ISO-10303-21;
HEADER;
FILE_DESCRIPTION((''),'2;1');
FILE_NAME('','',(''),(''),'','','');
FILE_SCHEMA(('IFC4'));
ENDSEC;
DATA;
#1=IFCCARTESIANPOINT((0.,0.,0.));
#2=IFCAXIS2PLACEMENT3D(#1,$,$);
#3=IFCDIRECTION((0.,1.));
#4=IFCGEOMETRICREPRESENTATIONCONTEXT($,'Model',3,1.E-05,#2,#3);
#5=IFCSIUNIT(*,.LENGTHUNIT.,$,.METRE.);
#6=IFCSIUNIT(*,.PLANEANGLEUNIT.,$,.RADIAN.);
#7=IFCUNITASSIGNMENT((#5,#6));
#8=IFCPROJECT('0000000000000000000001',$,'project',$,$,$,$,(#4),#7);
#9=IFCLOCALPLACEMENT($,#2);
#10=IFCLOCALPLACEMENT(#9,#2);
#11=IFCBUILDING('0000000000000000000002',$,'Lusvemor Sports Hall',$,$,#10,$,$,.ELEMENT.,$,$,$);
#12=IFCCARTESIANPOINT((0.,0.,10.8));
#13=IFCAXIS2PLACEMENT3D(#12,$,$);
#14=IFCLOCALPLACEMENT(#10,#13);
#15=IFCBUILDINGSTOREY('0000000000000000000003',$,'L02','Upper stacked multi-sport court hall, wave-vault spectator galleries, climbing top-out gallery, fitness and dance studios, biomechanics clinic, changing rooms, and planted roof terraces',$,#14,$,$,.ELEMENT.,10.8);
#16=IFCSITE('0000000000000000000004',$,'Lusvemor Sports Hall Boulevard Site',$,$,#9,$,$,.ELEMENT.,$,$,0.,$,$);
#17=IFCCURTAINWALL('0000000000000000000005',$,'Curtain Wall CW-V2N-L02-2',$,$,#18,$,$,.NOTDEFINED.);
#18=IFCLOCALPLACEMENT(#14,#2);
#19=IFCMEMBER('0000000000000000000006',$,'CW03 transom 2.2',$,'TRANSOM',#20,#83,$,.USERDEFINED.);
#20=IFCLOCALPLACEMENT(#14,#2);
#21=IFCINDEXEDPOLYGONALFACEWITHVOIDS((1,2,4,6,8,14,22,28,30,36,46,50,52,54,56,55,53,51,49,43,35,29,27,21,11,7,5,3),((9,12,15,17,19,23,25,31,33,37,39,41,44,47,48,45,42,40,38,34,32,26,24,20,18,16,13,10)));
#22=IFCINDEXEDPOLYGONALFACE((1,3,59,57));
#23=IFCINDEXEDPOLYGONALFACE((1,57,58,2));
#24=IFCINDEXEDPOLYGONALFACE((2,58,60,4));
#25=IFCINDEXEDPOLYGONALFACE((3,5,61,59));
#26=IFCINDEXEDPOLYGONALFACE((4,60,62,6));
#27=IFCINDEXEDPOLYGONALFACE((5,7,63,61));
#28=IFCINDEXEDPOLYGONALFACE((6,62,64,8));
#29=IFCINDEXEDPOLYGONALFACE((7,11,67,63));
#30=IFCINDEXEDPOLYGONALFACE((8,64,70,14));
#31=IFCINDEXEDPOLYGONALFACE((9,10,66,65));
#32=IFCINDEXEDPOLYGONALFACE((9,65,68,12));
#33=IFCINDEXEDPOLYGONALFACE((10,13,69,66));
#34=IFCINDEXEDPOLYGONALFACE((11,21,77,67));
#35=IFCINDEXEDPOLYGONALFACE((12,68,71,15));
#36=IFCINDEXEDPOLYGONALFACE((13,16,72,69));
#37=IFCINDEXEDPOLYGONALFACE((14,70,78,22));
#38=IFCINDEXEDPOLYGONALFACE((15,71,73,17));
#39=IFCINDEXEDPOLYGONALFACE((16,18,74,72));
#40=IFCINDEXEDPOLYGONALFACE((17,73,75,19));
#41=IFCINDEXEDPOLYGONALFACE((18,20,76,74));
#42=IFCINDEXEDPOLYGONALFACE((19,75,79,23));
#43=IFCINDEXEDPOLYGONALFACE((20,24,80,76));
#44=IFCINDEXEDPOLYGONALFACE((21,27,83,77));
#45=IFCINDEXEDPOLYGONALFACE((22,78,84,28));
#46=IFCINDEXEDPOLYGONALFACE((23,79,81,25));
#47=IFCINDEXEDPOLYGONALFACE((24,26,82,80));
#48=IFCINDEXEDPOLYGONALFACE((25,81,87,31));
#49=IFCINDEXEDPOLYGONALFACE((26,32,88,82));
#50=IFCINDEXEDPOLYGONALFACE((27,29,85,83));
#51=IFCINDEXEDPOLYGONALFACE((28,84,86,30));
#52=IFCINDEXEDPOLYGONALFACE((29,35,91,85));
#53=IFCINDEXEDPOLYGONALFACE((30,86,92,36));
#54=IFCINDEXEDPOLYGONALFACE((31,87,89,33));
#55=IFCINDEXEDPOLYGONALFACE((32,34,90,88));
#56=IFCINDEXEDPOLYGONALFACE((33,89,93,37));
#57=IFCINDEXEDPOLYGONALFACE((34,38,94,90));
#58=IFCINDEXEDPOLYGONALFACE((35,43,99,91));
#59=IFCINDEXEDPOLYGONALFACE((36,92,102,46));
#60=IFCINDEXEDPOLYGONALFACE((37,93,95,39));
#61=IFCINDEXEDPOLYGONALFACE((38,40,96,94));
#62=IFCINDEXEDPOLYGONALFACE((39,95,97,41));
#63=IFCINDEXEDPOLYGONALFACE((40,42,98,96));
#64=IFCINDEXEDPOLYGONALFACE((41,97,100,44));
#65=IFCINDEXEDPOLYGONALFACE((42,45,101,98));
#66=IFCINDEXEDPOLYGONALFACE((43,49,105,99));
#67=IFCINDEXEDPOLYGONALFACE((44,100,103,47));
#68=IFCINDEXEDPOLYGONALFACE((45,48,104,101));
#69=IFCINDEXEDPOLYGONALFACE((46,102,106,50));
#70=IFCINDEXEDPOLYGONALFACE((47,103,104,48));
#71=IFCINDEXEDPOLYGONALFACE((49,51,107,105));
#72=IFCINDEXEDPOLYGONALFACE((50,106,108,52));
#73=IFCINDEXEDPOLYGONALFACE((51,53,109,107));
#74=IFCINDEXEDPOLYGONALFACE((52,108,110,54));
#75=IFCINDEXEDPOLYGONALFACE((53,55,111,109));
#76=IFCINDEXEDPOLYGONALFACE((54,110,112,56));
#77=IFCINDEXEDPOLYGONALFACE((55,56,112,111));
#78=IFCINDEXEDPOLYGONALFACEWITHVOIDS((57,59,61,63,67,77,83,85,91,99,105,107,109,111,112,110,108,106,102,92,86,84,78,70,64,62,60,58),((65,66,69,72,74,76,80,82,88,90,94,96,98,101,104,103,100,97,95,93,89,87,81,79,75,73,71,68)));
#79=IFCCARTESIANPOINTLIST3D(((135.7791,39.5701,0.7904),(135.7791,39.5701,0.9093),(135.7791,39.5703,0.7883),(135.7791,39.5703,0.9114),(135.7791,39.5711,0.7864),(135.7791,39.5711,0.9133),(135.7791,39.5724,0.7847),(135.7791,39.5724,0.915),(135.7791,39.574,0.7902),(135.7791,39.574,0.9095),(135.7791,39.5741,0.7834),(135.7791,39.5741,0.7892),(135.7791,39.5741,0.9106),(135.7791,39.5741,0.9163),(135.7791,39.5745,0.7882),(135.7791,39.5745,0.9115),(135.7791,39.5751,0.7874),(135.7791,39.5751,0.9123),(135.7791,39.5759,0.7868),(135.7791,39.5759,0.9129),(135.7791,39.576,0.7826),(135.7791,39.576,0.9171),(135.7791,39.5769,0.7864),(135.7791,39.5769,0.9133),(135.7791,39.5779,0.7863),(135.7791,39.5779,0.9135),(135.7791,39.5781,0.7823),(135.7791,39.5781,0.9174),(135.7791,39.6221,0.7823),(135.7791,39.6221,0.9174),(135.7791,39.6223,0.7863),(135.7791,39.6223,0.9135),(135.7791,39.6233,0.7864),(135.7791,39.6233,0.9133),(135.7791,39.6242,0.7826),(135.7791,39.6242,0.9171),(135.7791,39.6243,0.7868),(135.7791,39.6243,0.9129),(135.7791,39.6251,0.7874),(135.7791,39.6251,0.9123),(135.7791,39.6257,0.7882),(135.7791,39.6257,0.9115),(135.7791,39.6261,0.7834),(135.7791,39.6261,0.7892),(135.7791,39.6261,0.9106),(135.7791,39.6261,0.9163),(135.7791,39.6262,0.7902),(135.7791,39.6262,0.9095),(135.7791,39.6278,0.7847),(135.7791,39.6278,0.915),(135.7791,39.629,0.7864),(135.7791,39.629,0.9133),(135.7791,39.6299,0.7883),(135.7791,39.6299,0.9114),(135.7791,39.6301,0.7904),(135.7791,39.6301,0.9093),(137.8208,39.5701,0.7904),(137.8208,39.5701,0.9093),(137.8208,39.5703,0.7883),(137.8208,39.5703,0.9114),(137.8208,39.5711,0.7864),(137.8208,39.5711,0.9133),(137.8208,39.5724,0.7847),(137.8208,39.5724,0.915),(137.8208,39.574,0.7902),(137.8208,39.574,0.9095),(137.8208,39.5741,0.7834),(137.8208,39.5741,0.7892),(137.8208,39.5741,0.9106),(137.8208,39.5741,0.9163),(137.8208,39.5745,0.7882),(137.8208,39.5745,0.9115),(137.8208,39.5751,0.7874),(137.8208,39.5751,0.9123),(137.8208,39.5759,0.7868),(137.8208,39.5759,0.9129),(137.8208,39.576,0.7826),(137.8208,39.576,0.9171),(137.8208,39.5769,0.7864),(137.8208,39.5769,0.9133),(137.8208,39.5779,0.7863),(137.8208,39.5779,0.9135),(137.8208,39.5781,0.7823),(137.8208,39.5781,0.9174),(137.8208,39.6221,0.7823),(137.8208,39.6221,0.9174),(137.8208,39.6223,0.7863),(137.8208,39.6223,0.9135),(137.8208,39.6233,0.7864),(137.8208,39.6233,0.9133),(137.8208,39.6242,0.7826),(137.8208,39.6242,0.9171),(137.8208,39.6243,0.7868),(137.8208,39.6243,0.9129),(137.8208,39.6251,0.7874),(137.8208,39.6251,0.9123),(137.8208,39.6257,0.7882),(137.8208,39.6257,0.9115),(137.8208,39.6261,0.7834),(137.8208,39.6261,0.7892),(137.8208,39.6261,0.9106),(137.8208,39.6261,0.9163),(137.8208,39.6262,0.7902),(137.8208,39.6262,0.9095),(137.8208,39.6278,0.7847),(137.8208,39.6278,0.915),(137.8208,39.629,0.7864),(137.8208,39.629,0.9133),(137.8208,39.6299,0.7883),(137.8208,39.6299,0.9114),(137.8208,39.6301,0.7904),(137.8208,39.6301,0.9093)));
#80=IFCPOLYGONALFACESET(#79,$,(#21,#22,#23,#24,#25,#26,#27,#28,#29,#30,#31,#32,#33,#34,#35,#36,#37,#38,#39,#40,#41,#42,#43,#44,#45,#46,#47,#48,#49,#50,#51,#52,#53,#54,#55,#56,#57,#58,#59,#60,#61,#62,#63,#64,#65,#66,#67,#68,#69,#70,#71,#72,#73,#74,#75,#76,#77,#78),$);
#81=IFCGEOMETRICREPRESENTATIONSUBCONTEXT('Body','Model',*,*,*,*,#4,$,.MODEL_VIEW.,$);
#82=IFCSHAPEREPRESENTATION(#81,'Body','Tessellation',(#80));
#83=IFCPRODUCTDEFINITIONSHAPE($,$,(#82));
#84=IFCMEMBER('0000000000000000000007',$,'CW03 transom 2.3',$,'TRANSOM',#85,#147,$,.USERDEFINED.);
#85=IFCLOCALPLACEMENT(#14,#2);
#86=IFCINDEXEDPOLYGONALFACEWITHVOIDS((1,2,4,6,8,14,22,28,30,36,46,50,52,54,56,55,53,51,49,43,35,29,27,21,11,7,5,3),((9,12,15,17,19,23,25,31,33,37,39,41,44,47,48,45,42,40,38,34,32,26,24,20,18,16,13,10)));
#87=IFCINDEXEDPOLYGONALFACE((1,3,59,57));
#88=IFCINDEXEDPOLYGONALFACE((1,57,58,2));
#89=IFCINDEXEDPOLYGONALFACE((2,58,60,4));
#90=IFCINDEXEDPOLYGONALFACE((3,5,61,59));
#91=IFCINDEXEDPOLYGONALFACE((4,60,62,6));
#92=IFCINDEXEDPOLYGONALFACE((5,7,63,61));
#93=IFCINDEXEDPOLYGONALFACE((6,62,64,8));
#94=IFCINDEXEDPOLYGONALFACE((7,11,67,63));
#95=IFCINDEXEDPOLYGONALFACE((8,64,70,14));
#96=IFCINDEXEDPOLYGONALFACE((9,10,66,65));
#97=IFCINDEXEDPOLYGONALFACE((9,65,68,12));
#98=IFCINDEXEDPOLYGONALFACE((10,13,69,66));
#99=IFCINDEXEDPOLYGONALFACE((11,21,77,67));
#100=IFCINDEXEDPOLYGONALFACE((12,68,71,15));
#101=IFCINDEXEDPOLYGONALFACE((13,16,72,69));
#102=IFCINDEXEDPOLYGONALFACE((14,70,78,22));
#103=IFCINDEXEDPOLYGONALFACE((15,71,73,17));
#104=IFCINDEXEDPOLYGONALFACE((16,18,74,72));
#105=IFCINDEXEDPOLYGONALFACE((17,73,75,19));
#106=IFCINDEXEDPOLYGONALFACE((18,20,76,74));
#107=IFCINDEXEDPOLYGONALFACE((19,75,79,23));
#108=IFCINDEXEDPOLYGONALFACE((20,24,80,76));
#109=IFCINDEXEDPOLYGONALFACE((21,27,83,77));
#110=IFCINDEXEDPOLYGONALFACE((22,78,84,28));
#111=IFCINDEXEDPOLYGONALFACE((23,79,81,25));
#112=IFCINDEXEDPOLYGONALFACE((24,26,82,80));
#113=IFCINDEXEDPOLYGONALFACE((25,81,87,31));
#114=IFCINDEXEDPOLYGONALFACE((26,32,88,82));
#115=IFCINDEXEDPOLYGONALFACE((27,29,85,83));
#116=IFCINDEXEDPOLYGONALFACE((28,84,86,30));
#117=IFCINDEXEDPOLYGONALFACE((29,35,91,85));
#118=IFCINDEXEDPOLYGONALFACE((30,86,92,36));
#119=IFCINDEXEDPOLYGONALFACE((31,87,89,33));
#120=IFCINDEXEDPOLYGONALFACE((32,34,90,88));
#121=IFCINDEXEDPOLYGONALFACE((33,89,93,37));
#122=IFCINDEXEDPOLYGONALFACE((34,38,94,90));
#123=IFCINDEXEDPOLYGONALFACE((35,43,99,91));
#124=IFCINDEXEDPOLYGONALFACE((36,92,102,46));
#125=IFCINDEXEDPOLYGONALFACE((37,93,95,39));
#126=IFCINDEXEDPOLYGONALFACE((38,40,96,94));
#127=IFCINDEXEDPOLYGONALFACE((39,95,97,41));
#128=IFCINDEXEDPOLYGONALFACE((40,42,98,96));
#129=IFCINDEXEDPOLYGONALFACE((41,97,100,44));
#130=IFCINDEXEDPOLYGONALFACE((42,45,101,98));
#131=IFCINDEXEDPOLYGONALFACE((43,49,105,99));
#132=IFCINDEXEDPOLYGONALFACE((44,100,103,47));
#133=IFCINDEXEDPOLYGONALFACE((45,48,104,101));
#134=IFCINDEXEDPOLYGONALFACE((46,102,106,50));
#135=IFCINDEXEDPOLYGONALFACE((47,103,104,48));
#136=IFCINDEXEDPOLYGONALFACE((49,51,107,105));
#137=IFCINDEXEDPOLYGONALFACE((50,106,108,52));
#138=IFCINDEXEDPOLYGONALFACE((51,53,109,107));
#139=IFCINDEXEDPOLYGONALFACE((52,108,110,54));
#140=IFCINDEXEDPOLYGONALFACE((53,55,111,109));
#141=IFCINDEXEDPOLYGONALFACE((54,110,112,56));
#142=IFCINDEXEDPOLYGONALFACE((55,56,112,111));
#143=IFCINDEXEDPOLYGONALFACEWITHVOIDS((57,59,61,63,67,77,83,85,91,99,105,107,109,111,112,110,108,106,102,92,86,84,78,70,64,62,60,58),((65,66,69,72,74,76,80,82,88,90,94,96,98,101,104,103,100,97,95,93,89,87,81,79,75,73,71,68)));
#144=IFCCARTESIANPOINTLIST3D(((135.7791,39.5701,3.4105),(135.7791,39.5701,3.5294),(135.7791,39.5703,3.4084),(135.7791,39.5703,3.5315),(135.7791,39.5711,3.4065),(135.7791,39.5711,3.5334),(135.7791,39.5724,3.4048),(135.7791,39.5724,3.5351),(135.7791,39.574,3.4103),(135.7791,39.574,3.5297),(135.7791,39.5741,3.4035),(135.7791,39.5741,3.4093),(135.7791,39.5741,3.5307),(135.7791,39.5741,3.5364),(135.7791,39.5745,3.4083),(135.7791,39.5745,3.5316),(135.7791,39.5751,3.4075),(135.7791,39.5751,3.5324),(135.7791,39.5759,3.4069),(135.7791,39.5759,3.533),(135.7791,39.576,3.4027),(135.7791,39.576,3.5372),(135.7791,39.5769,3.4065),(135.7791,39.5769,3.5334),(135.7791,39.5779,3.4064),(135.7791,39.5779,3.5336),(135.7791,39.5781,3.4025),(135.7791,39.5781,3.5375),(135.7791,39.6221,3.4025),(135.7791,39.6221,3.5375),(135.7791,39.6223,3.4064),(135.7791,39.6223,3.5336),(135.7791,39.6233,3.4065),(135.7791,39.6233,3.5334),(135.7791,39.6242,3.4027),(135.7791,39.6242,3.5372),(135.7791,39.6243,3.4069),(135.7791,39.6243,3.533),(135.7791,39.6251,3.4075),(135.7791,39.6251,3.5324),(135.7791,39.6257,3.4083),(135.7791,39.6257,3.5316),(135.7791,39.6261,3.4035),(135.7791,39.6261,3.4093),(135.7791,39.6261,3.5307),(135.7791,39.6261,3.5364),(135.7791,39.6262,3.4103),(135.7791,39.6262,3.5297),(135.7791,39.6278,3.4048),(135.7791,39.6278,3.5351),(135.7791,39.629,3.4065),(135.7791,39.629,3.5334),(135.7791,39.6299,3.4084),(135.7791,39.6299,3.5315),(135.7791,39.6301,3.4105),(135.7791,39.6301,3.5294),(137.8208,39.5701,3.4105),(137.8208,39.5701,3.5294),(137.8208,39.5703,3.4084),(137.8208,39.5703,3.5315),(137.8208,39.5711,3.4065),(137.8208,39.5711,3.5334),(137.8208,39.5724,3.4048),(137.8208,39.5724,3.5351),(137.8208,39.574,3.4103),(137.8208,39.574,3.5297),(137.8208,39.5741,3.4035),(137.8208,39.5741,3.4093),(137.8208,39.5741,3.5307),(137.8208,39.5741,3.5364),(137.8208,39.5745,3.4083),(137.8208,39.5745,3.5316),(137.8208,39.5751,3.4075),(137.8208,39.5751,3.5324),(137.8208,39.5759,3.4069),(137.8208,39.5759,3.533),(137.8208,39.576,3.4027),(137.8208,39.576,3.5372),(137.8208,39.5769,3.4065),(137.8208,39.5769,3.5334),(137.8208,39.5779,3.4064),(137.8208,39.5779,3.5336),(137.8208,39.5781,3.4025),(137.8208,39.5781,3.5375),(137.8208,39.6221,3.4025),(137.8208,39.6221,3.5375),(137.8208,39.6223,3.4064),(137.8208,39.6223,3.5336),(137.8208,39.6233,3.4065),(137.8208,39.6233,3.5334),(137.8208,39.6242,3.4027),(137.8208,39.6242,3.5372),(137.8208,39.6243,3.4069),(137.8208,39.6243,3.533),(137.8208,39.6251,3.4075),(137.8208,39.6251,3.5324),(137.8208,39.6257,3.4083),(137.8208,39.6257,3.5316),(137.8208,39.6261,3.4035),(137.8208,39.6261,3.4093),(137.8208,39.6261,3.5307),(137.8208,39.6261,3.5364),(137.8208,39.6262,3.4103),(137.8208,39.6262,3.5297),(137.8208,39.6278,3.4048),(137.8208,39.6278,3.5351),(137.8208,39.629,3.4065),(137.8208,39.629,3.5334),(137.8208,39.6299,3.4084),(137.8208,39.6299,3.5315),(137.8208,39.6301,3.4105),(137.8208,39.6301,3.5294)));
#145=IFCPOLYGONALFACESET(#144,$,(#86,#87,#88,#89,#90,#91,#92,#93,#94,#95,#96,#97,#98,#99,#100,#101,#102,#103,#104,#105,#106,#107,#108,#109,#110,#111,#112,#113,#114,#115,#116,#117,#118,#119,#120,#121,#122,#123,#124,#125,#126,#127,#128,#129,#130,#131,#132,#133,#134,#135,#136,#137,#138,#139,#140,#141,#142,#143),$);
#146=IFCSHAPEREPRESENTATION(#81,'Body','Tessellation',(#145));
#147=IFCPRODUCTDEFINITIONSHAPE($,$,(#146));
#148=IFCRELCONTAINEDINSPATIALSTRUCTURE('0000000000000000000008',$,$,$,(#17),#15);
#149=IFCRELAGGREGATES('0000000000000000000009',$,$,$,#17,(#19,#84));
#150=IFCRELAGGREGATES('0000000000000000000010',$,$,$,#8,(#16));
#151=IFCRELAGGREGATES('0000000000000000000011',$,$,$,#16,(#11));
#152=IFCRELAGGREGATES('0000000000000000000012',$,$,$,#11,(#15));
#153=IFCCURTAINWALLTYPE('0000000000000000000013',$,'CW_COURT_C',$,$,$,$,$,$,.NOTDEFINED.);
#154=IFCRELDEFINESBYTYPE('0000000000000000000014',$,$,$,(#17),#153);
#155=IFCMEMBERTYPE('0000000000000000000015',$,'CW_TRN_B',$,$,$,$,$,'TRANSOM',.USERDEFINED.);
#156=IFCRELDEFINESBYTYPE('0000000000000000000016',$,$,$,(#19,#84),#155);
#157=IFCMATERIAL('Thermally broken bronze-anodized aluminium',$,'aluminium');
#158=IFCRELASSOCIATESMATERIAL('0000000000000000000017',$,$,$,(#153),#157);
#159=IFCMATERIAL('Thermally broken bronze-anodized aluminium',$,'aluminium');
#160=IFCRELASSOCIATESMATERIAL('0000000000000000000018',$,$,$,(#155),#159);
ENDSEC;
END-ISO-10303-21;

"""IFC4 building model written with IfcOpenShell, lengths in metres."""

from ifc_helpers import new_model, si_unit, direction, frame, origin, origin_2d, place, context, subcontext, project, spatial, hollow_rectangle, extrude, material, material_profile, profile_set, type_object, element, aggregate, save


model = new_model("IFC4")

# Units and contexts
model_context = context("Model", 3, precision=1e-05, world=origin(), true_north=direction((0.0, 1.0)))
body_context = subcontext(model_context, "Body", "Model", "MODEL_VIEW")
ifc_project = project(units=[si_unit("LENGTHUNIT", "METRE"), si_unit("PLANEANGLEUNIT", "RADIAN")], contexts=[model_context])

# Site, building, storey
site_placement = place(None, origin())
site = spatial("IfcSite", under=ifc_project, at=site_placement, Name="Lusvemor Sports Hall Boulevard Site", CompositionType="ELEMENT", RefElevation=0.0)
building_placement = place(site_placement, origin())
building = spatial("IfcBuilding", under=site, at=building_placement, Name="Lusvemor Sports Hall", CompositionType="ELEMENT")
storey_placement = place(building_placement, frame((0.0, 0.0, 10.8)))
storey = spatial("IfcBuildingStorey", under=building, at=storey_placement, Name="L02", Description="Upper stacked multi-sport court hall, wave-vault spectator galleries, climbing top-out gallery, fitness and dance studios, biomechanics clinic, changing rooms, and planted roof terraces", CompositionType="ELEMENT", Elevation=10.8)

# Curtain wall, members
ifc_material_1 = material(Name="Thermally broken bronze-anodized aluminium", Category="aluminium")
curtain_wall_type = type_object("IfcCurtainWallType", Name="CW_COURT_C", PredefinedType="NOTDEFINED", material=ifc_material_1)
curtain_wall_placement = place(storey_placement, origin())
curtain_wall = element("IfcCurtainWall", 1, at=curtain_wall_placement, inside=storey, type_object=curtain_wall_type, Name="Curtain Wall CW-V2N-L02-2", PredefinedType="NOTDEFINED")
ifc_material_2 = material(Name="Thermally broken bronze-anodized aluminium", Category="aluminium")
ifc_material_profile_1 = material_profile(ifc_material_2, hollow_rectangle(XDim=0.0601, YDim=0.135, WallThickness=0.0039, InnerFilletRadius=0.0039, OuterFilletRadius=0.0081, at=origin_2d()), Name="CWTRN135x60x4")
ifc_profile_set_1 = profile_set([ifc_material_profile_1], Name="Thermally broken bronze-anodized aluminium")
member_type_1 = type_object("IfcMemberType", Name="CW_TRN_B", ElementType="TRANSOM", PredefinedType="USERDEFINED", material=ifc_profile_set_1)
member_1_placement = place(storey_placement, frame((135.7791, 39.6001, 0.8499), z_axis=(1.0, 0.0, 0.0), x_axis=(0.0, 1.0, 0.0)))
member_1 = element("IfcMember", 2, at=member_1_placement, type_object=member_type_1, Name="CW03 transom 2.2", ObjectType="TRANSOM", PredefinedType="USERDEFINED", context=body_context, shape_type="SweptSolid", body=[
    extrude(hollow_rectangle(XDim=0.0601, YDim=0.135, WallThickness=0.0039, InnerFilletRadius=0.0039, OuterFilletRadius=0.0081, at=origin_2d()), origin(), (0.0, 0.0, 1.0), 2.0417),
])
member_2_placement = place(storey_placement, frame((135.7791, 39.6001, 3.47), z_axis=(1.0, 0.0, 0.0), x_axis=(0.0, 1.0, 0.0)))
member_2 = element("IfcMember", 3, at=member_2_placement, type_object=member_type_1, Name="CW03 transom 2.3", ObjectType="TRANSOM", PredefinedType="USERDEFINED", context=body_context, shape_type="SweptSolid", body=[
    extrude(hollow_rectangle(XDim=0.0601, YDim=0.135, WallThickness=0.0039, InnerFilletRadius=0.0039, OuterFilletRadius=0.0081, at=origin_2d()), origin(), (0.0, 0.0, 1.0), 2.0417),
])

aggregate(curtain_wall, [member_1, member_2])

save(model, "model.ifc")
